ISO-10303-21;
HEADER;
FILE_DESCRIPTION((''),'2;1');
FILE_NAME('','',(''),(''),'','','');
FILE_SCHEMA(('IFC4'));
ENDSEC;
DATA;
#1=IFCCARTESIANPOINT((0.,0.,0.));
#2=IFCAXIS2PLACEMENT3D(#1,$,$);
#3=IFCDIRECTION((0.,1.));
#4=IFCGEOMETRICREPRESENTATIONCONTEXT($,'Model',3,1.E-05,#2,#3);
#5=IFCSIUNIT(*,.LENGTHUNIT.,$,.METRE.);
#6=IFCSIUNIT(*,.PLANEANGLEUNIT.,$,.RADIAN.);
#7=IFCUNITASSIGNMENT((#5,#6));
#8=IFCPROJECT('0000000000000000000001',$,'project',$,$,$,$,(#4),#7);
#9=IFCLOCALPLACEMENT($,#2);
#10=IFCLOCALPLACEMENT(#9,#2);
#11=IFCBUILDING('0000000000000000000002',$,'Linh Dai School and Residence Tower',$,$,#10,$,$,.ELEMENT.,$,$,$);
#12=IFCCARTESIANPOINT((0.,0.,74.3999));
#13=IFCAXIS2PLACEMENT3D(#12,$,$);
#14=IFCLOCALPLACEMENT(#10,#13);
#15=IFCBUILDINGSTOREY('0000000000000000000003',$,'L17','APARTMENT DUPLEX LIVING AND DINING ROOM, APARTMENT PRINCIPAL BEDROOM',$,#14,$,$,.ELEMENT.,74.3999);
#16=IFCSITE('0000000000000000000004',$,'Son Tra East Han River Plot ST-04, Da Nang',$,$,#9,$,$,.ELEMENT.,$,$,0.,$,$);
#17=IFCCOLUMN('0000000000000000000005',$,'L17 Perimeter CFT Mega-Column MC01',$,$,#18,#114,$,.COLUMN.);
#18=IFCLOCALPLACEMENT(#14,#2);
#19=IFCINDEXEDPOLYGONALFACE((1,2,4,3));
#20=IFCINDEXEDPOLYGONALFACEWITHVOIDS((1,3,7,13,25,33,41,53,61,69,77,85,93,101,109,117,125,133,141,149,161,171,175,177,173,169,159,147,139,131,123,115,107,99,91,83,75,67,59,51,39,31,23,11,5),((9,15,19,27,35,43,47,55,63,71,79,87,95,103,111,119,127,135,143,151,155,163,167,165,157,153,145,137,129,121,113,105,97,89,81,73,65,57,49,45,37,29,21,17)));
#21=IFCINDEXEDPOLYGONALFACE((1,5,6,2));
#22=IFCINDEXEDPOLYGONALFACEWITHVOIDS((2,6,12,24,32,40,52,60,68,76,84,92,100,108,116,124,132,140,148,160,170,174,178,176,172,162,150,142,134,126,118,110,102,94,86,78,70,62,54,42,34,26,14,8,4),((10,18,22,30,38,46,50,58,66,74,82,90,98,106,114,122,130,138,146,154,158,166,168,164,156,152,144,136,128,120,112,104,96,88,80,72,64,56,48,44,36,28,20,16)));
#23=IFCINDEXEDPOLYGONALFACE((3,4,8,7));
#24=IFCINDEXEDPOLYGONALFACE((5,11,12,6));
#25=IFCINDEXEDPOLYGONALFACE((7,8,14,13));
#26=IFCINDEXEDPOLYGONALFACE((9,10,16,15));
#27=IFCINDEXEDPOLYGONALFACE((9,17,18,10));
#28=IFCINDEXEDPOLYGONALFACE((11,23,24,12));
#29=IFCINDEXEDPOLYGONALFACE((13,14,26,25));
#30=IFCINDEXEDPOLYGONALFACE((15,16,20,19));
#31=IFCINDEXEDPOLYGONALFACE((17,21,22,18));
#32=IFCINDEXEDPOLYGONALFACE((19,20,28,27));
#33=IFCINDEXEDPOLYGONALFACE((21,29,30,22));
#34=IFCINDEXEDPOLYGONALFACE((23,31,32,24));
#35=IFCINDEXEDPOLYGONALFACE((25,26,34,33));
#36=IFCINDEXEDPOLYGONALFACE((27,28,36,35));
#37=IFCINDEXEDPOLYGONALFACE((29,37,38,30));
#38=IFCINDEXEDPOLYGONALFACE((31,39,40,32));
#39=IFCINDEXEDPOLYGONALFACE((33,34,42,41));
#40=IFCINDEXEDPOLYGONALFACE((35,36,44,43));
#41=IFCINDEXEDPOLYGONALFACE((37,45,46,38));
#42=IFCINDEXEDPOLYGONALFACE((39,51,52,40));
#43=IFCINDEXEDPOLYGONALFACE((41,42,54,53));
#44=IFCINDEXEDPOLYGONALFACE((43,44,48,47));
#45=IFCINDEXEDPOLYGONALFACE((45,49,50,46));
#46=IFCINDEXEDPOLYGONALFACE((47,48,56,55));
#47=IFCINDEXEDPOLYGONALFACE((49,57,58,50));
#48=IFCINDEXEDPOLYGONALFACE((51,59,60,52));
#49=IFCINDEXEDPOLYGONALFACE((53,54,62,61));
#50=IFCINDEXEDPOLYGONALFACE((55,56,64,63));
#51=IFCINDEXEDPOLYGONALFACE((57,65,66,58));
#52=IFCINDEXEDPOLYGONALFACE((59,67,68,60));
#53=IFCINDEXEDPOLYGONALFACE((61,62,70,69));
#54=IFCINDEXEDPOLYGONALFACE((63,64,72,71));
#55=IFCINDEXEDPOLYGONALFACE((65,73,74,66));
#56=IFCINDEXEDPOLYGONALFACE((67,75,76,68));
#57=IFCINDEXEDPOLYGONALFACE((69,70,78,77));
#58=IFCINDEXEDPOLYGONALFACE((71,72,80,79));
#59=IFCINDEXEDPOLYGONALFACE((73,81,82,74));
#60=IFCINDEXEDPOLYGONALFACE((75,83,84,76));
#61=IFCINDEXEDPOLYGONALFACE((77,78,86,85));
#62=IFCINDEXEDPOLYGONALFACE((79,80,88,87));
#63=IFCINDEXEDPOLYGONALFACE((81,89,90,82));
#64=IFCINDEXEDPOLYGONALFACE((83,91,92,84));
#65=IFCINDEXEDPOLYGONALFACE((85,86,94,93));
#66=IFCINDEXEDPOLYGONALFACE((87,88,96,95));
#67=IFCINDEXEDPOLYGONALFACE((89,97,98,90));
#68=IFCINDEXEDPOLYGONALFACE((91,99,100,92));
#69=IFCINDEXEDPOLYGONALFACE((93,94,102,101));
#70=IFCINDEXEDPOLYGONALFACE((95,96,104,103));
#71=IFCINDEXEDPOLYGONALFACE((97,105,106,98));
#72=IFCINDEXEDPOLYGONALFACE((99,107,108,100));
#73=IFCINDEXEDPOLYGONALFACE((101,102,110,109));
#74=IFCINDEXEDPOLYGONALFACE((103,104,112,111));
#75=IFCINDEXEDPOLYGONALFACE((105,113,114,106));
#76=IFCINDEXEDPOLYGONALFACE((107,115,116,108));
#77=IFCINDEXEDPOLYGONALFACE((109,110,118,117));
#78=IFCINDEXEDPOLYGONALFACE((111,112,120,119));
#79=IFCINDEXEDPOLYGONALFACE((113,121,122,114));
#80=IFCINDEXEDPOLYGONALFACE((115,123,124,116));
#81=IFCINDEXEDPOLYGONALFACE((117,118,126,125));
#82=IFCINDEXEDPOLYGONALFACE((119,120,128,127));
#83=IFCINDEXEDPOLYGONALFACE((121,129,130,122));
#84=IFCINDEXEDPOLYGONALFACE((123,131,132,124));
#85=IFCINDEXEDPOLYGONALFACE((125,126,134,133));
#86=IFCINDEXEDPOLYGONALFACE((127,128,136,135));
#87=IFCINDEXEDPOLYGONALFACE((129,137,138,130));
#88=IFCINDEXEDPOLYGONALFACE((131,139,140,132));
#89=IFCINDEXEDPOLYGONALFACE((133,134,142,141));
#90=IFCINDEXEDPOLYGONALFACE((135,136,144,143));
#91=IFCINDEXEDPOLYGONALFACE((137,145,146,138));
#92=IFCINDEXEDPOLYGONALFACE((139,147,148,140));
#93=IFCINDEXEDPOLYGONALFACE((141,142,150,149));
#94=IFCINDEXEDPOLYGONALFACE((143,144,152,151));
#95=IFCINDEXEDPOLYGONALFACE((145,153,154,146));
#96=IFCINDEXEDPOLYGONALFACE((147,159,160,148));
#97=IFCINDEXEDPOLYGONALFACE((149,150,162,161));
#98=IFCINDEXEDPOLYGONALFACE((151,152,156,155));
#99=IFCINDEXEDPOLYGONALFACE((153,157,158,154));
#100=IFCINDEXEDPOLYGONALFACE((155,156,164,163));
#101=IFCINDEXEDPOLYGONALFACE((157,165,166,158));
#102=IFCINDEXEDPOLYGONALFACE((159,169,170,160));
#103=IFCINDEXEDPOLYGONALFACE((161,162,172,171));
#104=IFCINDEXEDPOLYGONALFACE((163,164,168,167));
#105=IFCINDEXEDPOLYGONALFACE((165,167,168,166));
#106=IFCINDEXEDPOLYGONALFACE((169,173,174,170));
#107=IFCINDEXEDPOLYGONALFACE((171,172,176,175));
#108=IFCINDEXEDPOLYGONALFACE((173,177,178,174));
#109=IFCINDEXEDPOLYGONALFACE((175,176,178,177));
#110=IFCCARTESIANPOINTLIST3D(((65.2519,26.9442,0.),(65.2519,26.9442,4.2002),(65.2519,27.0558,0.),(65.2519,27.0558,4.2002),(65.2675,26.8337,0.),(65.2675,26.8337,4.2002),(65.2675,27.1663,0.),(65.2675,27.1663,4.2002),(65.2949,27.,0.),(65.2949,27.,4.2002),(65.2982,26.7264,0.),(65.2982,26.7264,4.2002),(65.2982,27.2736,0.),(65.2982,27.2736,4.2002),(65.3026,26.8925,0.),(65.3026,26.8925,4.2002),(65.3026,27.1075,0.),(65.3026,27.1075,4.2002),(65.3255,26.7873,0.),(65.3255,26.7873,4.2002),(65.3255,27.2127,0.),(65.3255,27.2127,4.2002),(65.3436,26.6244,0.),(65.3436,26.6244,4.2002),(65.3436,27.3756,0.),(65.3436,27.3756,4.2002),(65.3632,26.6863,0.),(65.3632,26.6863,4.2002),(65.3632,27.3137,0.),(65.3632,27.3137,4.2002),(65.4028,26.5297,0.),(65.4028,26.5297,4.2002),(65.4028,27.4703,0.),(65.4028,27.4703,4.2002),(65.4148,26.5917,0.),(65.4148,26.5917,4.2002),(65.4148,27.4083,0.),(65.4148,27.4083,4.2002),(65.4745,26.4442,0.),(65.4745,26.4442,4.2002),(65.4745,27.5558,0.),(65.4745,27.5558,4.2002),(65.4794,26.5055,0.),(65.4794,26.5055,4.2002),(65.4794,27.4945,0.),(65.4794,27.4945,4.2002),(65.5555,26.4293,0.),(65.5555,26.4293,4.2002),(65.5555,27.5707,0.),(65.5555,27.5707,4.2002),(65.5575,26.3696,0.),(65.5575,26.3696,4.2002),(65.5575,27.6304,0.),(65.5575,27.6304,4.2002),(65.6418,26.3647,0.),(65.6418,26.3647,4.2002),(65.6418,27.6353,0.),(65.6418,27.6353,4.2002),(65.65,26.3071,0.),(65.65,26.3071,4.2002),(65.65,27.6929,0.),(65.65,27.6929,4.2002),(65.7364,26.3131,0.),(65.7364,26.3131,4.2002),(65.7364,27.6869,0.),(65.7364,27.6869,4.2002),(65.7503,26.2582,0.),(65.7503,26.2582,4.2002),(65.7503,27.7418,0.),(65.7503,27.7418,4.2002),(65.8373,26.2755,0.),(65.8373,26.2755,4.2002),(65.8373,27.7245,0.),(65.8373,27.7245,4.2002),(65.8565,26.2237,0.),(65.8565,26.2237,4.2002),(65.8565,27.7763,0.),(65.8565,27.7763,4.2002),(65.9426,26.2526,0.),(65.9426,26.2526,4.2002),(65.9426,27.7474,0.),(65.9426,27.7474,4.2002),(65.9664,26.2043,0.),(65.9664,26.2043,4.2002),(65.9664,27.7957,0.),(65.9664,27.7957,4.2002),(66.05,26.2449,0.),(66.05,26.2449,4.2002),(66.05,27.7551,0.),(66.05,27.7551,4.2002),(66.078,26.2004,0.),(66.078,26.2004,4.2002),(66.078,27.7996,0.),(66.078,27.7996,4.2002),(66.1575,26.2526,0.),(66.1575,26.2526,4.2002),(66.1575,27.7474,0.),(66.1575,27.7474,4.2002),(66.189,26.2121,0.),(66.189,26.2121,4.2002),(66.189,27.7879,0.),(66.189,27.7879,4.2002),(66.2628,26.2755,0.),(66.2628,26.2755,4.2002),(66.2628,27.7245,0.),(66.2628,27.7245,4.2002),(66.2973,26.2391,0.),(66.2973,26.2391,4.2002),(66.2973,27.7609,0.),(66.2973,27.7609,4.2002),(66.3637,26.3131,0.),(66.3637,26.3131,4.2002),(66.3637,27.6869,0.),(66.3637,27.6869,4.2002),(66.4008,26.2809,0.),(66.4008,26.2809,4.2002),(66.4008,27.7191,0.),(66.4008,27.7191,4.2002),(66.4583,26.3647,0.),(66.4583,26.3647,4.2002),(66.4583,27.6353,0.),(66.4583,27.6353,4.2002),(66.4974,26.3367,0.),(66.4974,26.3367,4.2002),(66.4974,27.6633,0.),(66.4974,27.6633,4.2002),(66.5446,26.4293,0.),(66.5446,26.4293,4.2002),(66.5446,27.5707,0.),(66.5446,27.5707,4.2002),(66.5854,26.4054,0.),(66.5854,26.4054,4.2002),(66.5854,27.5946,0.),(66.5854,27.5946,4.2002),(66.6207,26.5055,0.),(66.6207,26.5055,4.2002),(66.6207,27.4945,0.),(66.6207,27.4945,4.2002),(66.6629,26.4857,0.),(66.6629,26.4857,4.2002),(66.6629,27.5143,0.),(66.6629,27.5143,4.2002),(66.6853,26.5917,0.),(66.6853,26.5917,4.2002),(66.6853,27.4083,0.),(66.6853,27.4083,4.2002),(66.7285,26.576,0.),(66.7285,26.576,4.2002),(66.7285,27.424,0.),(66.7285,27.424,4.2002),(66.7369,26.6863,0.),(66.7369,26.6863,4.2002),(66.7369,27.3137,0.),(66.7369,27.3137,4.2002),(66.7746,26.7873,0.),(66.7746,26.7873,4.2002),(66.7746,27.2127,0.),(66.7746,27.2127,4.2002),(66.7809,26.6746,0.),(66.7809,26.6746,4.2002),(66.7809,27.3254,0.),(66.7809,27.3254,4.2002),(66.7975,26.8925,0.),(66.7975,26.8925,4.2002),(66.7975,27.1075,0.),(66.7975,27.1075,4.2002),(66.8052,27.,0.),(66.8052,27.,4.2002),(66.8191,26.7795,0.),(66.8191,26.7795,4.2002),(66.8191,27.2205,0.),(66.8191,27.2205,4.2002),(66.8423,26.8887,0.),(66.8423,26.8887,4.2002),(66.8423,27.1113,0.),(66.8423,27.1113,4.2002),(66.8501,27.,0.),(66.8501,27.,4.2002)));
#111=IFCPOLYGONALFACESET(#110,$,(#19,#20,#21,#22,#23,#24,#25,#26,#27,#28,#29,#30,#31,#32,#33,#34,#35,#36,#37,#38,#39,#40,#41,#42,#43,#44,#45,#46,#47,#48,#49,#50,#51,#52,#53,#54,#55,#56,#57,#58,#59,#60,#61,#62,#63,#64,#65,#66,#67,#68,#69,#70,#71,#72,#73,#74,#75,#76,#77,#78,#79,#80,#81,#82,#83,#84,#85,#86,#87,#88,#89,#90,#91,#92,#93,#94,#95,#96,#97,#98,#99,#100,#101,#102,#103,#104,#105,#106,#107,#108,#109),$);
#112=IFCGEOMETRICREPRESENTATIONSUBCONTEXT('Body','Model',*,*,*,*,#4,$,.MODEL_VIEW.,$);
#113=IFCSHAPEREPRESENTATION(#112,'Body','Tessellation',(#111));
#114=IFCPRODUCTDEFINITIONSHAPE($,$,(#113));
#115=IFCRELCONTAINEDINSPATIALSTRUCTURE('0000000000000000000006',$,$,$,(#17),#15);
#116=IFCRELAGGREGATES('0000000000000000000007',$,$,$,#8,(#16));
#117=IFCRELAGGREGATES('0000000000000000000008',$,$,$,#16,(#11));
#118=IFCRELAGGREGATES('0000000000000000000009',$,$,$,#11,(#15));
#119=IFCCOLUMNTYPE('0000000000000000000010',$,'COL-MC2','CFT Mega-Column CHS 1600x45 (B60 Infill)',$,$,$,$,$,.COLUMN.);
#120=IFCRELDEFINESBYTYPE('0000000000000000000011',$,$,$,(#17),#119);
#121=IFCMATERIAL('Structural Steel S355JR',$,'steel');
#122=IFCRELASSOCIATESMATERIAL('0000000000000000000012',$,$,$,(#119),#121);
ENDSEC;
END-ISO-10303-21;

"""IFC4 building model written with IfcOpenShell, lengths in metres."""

from ifc_helpers import new_model, si_unit, direction, frame, origin, origin_2d, place, context, subcontext, project, spatial, hollow_circle, extrude, material, material_profile, profile_set, type_object, element, save


model = new_model("IFC4")

# Units and contexts
model_context = context("Model", 3, precision=1e-05, world=origin(), true_north=direction((0.0, 1.0)))
body_context = subcontext(model_context, "Body", "Model", "MODEL_VIEW")
ifc_project = project(units=[si_unit("LENGTHUNIT", "METRE"), si_unit("PLANEANGLEUNIT", "RADIAN")], contexts=[model_context])

# Site, building, storey
site_placement = place(None, origin())
site = spatial("IfcSite", under=ifc_project, at=site_placement, Name="Son Tra East Han River Plot ST-04, Da Nang", CompositionType="ELEMENT", RefElevation=0.0)
building_placement = place(site_placement, origin())
building = spatial("IfcBuilding", under=site, at=building_placement, Name="Linh Dai School and Residence Tower", CompositionType="ELEMENT")
storey_placement = place(building_placement, frame((0.0, 0.0, 74.3999)))
storey = spatial("IfcBuildingStorey", under=building, at=storey_placement, Name="L17", Description="APARTMENT DUPLEX LIVING AND DINING ROOM, APARTMENT PRINCIPAL BEDROOM", CompositionType="ELEMENT", Elevation=74.3999)

# Column
ifc_material_1 = material(Name="Structural Steel S355JR", Category="steel")
ifc_material_profile_1 = material_profile(ifc_material_1, hollow_circle(Radius=0.8, WallThickness=0.0449, at=origin_2d()), Name="CHS 1600x45")
ifc_profile_set_1 = profile_set([ifc_material_profile_1], Name="Structural Steel S355JR")
column_type = type_object("IfcColumnType", Name="COL-MC2", Description="CFT Mega-Column CHS 1600x45 (B60 Infill)", PredefinedType="COLUMN", material=ifc_profile_set_1)
for number, where, z_axis, x_axis, name in (
    (1, (66.05, 27.0, 0.0), (0.0, 0.0, 1.0), (1.0, 0.0, 0.0), "L17 Perimeter CFT Mega-Column MC01"),
):
    element("IfcColumn", number, at=place(storey_placement, frame(where, z_axis=z_axis, x_axis=x_axis)), inside=storey, type_object=column_type, Name=name, PredefinedType="COLUMN", context=body_context, shape_type="SweptSolid", body=[
        extrude(hollow_circle(Radius=0.8, WallThickness=0.0449, at=origin_2d()), origin(), (0.0, 0.0, 1.0), 4.2002),
    ])

save(model, "model.ifc")
